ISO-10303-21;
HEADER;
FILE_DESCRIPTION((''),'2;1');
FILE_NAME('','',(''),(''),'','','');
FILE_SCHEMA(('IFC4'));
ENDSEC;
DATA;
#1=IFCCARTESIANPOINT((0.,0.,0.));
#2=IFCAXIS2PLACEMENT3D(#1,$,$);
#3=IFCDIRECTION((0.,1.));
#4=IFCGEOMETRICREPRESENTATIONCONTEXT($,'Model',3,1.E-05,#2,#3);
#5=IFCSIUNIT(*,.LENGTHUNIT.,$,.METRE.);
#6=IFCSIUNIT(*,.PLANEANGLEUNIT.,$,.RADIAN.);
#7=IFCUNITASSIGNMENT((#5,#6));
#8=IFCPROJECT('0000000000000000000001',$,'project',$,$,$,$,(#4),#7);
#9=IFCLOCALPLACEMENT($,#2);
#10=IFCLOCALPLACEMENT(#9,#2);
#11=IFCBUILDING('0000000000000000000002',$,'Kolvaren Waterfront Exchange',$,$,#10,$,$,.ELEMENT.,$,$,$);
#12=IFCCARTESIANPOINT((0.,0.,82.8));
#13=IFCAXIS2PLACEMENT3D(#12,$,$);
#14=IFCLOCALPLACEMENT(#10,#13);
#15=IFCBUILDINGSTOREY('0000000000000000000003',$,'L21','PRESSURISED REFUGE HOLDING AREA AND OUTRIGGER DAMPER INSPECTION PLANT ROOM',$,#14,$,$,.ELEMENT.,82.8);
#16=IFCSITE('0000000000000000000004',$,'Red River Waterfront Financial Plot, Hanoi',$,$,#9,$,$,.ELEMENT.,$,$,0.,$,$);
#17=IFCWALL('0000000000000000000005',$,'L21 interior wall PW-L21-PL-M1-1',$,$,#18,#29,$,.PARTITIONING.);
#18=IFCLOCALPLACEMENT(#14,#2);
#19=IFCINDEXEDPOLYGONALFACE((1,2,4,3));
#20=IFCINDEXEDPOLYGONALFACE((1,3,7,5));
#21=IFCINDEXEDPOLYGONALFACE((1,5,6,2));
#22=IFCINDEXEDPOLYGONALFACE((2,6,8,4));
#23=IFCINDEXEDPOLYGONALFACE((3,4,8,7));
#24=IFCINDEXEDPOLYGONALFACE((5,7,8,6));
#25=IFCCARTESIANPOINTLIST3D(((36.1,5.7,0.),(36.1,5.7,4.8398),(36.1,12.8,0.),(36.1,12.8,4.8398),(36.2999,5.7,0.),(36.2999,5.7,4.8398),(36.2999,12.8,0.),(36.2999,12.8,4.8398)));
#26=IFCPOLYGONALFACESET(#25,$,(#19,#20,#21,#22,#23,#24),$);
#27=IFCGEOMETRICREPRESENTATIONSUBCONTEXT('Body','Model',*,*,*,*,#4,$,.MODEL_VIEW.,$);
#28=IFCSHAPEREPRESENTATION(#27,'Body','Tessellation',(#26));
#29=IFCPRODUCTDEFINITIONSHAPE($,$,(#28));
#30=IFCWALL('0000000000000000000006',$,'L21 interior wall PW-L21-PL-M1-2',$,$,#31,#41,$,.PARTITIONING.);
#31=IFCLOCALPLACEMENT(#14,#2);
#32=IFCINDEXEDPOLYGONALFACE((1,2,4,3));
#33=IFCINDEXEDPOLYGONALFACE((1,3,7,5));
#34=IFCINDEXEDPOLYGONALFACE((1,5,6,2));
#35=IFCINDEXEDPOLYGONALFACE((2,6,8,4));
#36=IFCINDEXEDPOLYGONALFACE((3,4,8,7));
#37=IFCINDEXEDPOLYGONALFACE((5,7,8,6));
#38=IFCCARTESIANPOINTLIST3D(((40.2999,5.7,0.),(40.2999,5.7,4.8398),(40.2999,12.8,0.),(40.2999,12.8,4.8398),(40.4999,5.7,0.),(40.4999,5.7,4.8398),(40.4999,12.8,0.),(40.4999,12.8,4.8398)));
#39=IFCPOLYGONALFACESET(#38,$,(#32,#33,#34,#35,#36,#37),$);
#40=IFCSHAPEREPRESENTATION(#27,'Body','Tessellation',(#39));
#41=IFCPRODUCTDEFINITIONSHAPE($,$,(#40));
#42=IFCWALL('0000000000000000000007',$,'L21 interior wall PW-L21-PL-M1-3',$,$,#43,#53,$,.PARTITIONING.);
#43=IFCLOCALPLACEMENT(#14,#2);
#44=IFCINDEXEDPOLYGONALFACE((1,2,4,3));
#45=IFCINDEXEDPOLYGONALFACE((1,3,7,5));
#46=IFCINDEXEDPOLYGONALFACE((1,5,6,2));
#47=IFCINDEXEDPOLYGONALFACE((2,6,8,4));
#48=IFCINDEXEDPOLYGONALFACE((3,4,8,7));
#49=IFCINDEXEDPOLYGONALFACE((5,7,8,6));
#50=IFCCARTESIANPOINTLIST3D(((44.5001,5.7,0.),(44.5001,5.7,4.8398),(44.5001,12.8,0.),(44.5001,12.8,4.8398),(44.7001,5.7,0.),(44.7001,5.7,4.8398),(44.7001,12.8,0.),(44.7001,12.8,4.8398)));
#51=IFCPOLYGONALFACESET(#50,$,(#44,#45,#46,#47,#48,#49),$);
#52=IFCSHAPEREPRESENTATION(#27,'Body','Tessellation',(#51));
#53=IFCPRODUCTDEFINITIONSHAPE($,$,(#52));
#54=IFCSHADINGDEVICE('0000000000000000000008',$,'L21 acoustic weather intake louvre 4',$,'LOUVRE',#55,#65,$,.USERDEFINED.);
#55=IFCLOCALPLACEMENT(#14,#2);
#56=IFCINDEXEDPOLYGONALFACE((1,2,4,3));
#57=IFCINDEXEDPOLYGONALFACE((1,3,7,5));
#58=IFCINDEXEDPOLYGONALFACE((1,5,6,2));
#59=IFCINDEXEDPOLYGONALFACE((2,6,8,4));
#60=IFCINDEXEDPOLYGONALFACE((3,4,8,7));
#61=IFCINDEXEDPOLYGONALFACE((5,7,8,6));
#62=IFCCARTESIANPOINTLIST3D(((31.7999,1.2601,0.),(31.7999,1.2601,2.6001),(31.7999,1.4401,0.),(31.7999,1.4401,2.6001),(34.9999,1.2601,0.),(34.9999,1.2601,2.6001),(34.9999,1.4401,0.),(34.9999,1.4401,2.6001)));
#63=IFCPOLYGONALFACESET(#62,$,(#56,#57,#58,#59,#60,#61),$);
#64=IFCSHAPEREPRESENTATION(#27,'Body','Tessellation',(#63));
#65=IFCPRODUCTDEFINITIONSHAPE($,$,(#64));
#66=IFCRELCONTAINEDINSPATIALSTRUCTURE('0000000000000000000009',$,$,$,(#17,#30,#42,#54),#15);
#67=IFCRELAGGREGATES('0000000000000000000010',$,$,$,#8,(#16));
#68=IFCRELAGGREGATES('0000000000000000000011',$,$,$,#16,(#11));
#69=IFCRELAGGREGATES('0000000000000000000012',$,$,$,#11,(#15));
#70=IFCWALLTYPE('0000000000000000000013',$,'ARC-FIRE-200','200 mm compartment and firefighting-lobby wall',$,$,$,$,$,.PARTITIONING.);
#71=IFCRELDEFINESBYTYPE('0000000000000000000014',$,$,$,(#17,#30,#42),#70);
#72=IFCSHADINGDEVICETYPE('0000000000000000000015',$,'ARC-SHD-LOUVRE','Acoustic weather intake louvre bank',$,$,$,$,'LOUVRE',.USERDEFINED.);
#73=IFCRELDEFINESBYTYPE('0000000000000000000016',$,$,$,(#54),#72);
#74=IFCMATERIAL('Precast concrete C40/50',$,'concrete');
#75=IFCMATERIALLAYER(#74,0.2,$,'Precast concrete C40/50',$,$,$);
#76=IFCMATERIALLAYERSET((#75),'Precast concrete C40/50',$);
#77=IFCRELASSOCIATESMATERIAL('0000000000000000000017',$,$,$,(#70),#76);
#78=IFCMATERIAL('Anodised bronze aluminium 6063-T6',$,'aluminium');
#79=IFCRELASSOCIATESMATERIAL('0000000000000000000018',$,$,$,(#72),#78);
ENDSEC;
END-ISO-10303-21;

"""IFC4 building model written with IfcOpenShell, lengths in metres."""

from ifc_helpers import new_model, si_unit, direction, frame, frame_2d, origin, origin_with_axes, origin_2d, place, context, subcontext, project, spatial, rectangle, extrude, source, transform, mapped, material, layer, layer_set, type_object, element, save


model = new_model("IFC4")

# Units and contexts
model_context = context("Model", 3, precision=1e-05, world=origin(), true_north=direction((0.0, 1.0)))
body_context = subcontext(model_context, "Body", "Model", "MODEL_VIEW")
ifc_project = project(units=[si_unit("LENGTHUNIT", "METRE"), si_unit("PLANEANGLEUNIT", "RADIAN")], contexts=[model_context])

# Site, building, storey
site_placement = place(None, origin())
site = spatial("IfcSite", under=ifc_project, at=site_placement, Name="Red River Waterfront Financial Plot, Hanoi", CompositionType="ELEMENT", RefElevation=0.0)
building_placement = place(site_placement, origin())
building = spatial("IfcBuilding", under=site, at=building_placement, Name="Kolvaren Waterfront Exchange", CompositionType="ELEMENT")
storey_placement = place(building_placement, frame((0.0, 0.0, 82.8)))
storey = spatial("IfcBuildingStorey", under=building, at=storey_placement, Name="L21", Description="PRESSURISED REFUGE HOLDING AREA AND OUTRIGGER DAMPER INSPECTION PLANT ROOM", CompositionType="ELEMENT", Elevation=82.8)

# Shared definitions
ifc_material_1 = material(Name="Anodised bronze aluminium 6063-T6", Category="aluminium")

# Walls
ifc_material_2 = material(Name="Precast concrete C40/50", Category="concrete")
ifc_layer_1 = layer(ifc_material_2, 0.2, Name="Precast concrete C40/50")
ifc_layer_set_1 = layer_set([ifc_layer_1], Name="Precast concrete C40/50")
wall_type = type_object("IfcWallType", Name="ARC-FIRE-200", Description="200 mm compartment and firefighting-lobby wall", PredefinedType="PARTITIONING", material=ifc_layer_set_1)
for number, where, z_axis, x_axis, name in (
    (1, (36.2, 5.7, 0.0), (0.0, 0.0, 1.0), (0.0, 1.0, 0.0), "L21 interior wall PW-L21-PL-M1-1"),
    (2, (40.3999, 5.7, 0.0), (0.0, 0.0, 1.0), (0.0, 1.0, 0.0), "L21 interior wall PW-L21-PL-M1-2"),
    (3, (44.6001, 5.7, 0.0), (0.0, 0.0, 1.0), (0.0, 1.0, 0.0), "L21 interior wall PW-L21-PL-M1-3"),
):
    element("IfcWall", number, at=place(storey_placement, frame(where, z_axis=z_axis, x_axis=x_axis)), inside=storey, type_object=wall_type, Name=name, PredefinedType="PARTITIONING", context=body_context, shape_type="SweptSolid", body=[
        extrude(rectangle(XDim=7.1001, YDim=0.2, at=frame_2d((3.55, 0.0))), origin(), (0.0, 0.0, 1.0), 4.8398),
    ])

# Shading device
shading_device_type = type_object("IfcShadingDeviceType", Name="ARC-SHD-LOUVRE", Description="Acoustic weather intake louvre bank", ElementType="LOUVRE", PredefinedType="USERDEFINED", material=ifc_material_1)
shared_shape_1 = source(origin_with_axes(), body_context, "Body", "SweptSolid", [
    extrude(rectangle(XDim=3.2, YDim=0.1799, at=origin_2d()), origin(), (0.0, 0.0, 1.0), 2.6001),
])
shading_device_placement = place(storey_placement, frame((33.3999, 1.3501, 0.0), z_axis=(0.0, 0.0, 1.0), x_axis=(1.0, 0.0, 0.0)))
element("IfcShadingDevice", 4, at=shading_device_placement, inside=storey, type_object=shading_device_type, Name="L21 acoustic weather intake louvre 4", ObjectType="LOUVRE", PredefinedType="USERDEFINED", context=body_context, shape_type="MappedRepresentation", body=[
    mapped(shared_shape_1, transform((0.0, 0.0, 0.0), x_axis=(1.0, 0.0, 0.0), y_axis=(0.0, 1.0, 0.0), z_axis=(0.0, 0.0, 1.0), scale=1.0)),
])

save(model, "model.ifc")
